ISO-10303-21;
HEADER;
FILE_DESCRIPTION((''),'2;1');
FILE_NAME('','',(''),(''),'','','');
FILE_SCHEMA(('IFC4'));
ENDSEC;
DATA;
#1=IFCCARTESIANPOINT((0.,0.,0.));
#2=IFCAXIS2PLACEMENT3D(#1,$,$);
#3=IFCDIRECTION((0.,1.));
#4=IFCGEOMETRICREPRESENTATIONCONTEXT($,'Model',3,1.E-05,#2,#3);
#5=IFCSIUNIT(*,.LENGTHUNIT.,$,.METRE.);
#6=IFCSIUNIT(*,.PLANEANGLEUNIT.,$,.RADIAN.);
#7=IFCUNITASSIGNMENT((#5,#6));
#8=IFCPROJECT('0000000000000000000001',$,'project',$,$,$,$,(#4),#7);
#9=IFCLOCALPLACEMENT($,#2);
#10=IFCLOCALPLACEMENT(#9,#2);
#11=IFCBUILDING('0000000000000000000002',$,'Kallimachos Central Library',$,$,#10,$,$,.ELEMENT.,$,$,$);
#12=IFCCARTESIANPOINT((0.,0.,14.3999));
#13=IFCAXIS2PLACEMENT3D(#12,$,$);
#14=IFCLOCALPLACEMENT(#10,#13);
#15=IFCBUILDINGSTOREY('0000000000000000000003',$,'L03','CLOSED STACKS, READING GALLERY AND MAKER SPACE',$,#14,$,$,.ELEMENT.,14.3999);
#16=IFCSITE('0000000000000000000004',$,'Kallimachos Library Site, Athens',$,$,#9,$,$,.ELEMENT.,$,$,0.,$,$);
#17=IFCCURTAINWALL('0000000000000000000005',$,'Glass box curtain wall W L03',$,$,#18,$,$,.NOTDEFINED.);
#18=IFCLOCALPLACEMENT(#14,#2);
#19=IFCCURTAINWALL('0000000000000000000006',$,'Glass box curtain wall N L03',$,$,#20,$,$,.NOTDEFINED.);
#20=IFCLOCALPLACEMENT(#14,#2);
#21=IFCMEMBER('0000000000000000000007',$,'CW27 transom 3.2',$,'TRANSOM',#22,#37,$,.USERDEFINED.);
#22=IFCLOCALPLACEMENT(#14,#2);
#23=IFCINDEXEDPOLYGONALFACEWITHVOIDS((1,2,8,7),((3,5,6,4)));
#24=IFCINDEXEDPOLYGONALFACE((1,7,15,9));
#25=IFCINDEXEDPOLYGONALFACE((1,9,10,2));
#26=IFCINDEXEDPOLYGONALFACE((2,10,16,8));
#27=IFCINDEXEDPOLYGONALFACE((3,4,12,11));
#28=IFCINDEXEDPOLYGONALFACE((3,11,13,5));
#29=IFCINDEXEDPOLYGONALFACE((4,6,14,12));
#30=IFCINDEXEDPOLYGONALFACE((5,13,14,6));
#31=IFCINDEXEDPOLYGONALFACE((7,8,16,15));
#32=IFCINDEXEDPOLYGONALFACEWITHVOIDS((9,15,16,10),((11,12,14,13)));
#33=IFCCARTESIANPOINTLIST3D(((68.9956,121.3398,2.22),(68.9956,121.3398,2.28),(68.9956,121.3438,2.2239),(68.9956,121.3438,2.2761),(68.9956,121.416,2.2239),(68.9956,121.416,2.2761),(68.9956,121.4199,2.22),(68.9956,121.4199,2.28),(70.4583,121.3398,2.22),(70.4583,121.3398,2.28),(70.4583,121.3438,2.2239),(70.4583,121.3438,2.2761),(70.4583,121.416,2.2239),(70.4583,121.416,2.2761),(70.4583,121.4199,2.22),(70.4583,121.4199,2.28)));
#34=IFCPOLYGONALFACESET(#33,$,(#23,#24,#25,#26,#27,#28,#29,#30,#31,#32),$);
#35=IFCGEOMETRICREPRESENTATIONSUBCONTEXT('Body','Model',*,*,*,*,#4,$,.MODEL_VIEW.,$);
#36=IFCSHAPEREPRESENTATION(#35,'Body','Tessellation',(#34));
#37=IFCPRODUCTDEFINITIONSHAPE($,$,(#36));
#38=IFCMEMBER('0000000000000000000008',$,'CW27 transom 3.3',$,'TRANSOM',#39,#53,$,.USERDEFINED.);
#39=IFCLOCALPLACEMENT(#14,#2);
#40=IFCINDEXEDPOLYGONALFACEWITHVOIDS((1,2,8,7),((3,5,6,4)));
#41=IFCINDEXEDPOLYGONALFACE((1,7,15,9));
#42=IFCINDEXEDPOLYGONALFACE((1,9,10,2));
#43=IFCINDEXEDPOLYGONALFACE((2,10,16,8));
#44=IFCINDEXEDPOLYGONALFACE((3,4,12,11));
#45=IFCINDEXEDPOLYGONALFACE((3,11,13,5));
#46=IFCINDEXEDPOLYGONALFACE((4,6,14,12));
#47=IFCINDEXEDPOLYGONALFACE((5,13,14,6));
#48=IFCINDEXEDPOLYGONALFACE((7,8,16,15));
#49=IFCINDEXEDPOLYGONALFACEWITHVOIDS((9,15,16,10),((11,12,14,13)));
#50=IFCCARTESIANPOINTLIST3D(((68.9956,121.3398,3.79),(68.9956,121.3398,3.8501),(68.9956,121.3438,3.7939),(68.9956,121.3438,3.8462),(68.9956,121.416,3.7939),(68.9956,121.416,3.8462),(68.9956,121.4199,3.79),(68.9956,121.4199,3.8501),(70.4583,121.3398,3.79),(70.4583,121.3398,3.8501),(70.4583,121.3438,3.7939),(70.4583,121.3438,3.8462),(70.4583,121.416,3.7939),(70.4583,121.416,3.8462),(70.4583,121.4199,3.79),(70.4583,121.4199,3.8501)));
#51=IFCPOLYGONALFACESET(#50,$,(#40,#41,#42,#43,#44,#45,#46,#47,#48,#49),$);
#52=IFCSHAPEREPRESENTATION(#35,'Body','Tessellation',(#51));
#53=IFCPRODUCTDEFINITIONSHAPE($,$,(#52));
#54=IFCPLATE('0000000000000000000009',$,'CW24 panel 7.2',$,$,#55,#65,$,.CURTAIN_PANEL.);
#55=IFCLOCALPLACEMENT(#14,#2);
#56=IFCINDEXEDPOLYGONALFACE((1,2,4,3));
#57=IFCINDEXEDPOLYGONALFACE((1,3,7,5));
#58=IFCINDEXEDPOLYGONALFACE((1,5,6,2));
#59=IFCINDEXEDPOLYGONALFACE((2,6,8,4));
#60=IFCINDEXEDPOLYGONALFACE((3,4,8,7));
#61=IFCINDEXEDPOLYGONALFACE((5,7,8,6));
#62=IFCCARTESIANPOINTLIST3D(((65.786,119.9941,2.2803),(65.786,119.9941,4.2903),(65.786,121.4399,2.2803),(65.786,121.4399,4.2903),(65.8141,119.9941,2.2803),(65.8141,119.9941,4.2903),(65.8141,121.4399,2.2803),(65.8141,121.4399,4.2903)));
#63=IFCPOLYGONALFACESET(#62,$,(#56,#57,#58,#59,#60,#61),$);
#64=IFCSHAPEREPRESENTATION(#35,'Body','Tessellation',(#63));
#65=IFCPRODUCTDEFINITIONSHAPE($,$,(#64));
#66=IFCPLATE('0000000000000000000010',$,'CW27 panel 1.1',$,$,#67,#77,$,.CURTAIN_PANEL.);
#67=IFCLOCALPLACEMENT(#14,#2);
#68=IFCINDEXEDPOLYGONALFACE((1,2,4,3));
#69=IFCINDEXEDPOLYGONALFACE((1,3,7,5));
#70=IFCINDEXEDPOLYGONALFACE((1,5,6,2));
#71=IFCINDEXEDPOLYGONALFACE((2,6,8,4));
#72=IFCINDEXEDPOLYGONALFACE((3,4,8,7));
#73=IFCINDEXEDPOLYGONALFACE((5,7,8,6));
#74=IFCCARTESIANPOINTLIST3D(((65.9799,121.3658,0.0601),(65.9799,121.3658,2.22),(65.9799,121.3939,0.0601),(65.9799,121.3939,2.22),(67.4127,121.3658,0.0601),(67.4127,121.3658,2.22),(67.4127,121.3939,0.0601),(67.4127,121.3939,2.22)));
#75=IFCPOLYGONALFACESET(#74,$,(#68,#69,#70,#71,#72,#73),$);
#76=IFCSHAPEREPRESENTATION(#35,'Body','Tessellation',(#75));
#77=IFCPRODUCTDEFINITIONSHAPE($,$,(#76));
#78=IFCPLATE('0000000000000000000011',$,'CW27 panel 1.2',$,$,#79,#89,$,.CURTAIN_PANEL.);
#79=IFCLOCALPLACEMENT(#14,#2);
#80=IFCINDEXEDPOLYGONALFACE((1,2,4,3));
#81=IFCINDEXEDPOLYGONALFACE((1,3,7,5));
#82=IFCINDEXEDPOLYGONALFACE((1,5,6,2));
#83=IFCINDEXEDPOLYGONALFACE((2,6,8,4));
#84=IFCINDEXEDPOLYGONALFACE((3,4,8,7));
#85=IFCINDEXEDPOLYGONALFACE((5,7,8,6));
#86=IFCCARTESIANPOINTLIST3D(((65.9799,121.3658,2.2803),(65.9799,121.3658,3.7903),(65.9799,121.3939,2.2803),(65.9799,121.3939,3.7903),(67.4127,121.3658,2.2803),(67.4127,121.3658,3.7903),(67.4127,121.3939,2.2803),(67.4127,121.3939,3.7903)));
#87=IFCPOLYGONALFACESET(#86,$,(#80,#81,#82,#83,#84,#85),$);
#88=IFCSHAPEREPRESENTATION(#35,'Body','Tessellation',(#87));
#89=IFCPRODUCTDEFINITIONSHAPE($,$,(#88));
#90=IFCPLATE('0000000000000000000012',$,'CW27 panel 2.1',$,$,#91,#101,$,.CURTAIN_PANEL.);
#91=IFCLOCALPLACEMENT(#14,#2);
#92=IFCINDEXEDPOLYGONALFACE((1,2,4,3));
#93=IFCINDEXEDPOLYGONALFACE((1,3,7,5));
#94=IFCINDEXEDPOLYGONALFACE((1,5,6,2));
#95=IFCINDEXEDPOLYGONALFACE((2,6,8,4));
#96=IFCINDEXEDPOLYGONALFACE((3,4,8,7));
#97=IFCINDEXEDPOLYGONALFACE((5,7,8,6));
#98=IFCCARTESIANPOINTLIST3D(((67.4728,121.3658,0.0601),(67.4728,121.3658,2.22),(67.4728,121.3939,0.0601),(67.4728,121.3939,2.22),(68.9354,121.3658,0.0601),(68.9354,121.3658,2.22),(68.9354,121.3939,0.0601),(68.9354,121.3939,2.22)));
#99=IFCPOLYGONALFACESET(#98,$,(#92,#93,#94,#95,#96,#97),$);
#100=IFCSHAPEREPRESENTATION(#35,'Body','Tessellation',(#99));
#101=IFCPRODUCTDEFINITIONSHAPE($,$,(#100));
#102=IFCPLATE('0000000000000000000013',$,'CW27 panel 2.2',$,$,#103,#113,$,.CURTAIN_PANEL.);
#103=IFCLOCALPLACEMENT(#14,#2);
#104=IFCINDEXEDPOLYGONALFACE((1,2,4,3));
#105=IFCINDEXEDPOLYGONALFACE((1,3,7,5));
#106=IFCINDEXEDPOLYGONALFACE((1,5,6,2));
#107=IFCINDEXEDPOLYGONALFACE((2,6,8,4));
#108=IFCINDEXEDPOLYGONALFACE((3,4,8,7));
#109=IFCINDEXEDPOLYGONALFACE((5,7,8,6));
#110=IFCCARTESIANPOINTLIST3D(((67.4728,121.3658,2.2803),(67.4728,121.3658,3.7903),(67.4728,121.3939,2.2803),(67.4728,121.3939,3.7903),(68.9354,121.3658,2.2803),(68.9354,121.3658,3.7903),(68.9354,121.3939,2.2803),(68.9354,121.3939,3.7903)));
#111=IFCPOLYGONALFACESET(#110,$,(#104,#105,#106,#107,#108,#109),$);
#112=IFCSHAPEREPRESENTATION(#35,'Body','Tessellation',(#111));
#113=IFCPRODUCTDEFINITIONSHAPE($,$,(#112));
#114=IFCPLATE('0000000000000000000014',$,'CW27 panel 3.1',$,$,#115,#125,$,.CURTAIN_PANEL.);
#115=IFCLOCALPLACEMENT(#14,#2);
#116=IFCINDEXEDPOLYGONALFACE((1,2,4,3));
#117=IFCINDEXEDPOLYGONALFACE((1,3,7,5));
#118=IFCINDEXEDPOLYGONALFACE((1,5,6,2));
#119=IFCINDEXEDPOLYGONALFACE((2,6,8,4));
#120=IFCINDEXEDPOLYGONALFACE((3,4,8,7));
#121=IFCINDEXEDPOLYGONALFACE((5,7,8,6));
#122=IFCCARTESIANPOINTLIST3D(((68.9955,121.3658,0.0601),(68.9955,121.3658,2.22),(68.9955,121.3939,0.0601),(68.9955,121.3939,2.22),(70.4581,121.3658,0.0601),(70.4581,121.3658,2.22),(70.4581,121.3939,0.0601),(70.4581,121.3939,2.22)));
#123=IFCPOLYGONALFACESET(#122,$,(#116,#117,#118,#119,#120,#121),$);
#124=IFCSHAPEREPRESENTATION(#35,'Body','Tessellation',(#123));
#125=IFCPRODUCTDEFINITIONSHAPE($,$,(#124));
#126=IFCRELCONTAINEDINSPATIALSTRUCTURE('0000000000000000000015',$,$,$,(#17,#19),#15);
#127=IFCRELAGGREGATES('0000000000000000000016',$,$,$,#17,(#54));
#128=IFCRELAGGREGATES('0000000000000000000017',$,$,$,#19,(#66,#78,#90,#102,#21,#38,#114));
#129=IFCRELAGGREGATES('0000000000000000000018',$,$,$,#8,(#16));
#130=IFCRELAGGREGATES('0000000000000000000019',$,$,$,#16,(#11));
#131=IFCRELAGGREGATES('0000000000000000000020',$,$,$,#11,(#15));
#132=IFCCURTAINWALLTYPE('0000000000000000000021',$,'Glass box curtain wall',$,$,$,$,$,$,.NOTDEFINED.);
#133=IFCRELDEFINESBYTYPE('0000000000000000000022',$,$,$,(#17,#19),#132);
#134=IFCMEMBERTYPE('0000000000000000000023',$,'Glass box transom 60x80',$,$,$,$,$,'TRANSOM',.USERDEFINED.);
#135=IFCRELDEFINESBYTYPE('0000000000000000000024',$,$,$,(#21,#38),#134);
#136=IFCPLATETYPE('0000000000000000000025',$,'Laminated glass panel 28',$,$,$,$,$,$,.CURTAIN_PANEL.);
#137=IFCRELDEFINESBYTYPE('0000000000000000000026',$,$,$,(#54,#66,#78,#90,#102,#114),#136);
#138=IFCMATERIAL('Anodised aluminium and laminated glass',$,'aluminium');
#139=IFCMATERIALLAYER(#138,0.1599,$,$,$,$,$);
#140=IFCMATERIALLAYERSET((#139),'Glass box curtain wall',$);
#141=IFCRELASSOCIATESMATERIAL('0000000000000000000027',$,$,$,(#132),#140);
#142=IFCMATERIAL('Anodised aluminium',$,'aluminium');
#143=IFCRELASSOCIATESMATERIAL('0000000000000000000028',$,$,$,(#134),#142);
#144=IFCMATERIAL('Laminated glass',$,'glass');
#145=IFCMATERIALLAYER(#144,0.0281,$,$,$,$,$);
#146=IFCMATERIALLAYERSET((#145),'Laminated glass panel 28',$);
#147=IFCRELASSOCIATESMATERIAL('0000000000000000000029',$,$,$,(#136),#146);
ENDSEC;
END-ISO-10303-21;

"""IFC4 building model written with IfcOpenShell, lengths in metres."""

from ifc_helpers import new_model, si_unit, direction, frame, origin, origin_2d, place, context, subcontext, project, spatial, rectangle, hollow_rectangle, extrude, material, layer, layer_set, material_profile, profile_set, type_object, element, aggregate, save


model = new_model("IFC4")

# Units and contexts
model_context = context("Model", 3, precision=1e-05, world=origin(), true_north=direction((0.0, 1.0)))
body_context = subcontext(model_context, "Body", "Model", "MODEL_VIEW")
ifc_project = project(units=[si_unit("LENGTHUNIT", "METRE"), si_unit("PLANEANGLEUNIT", "RADIAN")], contexts=[model_context])

# Site, building, storey
site_placement = place(None, origin())
site = spatial("IfcSite", under=ifc_project, at=site_placement, Name="Kallimachos Library Site, Athens", CompositionType="ELEMENT", RefElevation=0.0)
building_placement = place(site_placement, origin())
building = spatial("IfcBuilding", under=site, at=building_placement, Name="Kallimachos Central Library", CompositionType="ELEMENT")
storey_placement = place(building_placement, frame((0.0, 0.0, 14.3999)))
storey = spatial("IfcBuildingStorey", under=building, at=storey_placement, Name="L03", Description="CLOSED STACKS, READING GALLERY AND MAKER SPACE", CompositionType="ELEMENT", Elevation=14.3999)

# Curtain wall
ifc_material_1 = material(Name="Anodised aluminium and laminated glass", Category="aluminium")
ifc_layer_1 = layer(ifc_material_1, 0.1599)
ifc_layer_set_1 = layer_set([ifc_layer_1], Name="Glass box curtain wall")
curtain_wall_type = type_object("IfcCurtainWallType", Name="Glass box curtain wall", PredefinedType="NOTDEFINED", material=ifc_layer_set_1)
curtain_wall_1_placement = place(storey_placement, origin())
curtain_wall_1 = element("IfcCurtainWall", 1, at=curtain_wall_1_placement, inside=storey, type_object=curtain_wall_type, Name="Glass box curtain wall W L03", PredefinedType="NOTDEFINED")

# Curtain wall, members
curtain_wall_2_placement = place(storey_placement, origin())
curtain_wall_2 = element("IfcCurtainWall", 2, at=curtain_wall_2_placement, inside=storey, type_object=curtain_wall_type, Name="Glass box curtain wall N L03", PredefinedType="NOTDEFINED")
ifc_material_2 = material(Name="Anodised aluminium", Category="aluminium")
ifc_material_profile_1 = material_profile(ifc_material_2, hollow_rectangle(XDim=0.0601, YDim=0.0801, WallThickness=0.0039, at=origin_2d()), Name="ALU TRANSOM 60x80")
ifc_profile_set_1 = profile_set([ifc_material_profile_1], Name="Anodised aluminium")
member_type_1 = type_object("IfcMemberType", Name="Glass box transom 60x80", ElementType="TRANSOM", PredefinedType="USERDEFINED", material=ifc_profile_set_1)
member_1_placement = place(storey_placement, frame((68.9956, 121.3799, 2.25), z_axis=(1.0, 0.0, 0.0), x_axis=(0.0, 0.0, 1.0)))
member_1 = element("IfcMember", 3, at=member_1_placement, type_object=member_type_1, Name="CW27 transom 3.2", ObjectType="TRANSOM", PredefinedType="USERDEFINED", context=body_context, shape_type="SweptSolid", body=[
    extrude(hollow_rectangle(XDim=0.0601, YDim=0.0801, WallThickness=0.0039, at=origin_2d()), origin(), (0.0, 0.0, 1.0), 1.4626),
])
member_2_placement = place(storey_placement, frame((68.9956, 121.3799, 3.8201), z_axis=(1.0, 0.0, 0.0), x_axis=(0.0, 0.0, 1.0)))
member_2 = element("IfcMember", 4, at=member_2_placement, type_object=member_type_1, Name="CW27 transom 3.3", ObjectType="TRANSOM", PredefinedType="USERDEFINED", context=body_context, shape_type="SweptSolid", body=[
    extrude(hollow_rectangle(XDim=0.0601, YDim=0.0801, WallThickness=0.0039, at=origin_2d()), origin(), (0.0, 0.0, 1.0), 1.4626),
])

# Plates
ifc_material_3 = material(Name="Laminated glass", Category="glass")
ifc_layer_2 = layer(ifc_material_3, 0.0281)
ifc_layer_set_2 = layer_set([ifc_layer_2], Name="Laminated glass panel 28")
plate_type = type_object("IfcPlateType", Name="Laminated glass panel 28", PredefinedType="CURTAIN_PANEL", material=ifc_layer_set_2)
plate_1_placement = place(storey_placement, frame((65.8, 120.717, 2.2803), z_axis=(0.0, 0.0, 1.0), x_axis=(0.0, 1.0, 0.0)))
plate_1 = element("IfcPlate", 5, at=plate_1_placement, type_object=plate_type, Name="CW24 panel 7.2", PredefinedType="CURTAIN_PANEL", context=body_context, shape_type="SweptSolid", body=[
    extrude(rectangle(XDim=1.4458, YDim=0.0281, at=origin_2d()), origin(), (0.0, 0.0, 1.0), 2.01),
])
aggregate(curtain_wall_1, [plate_1])
plate_2_placement = place(storey_placement, frame((66.6963, 121.3799, 0.0601), z_axis=(0.0, 0.0, 1.0), x_axis=(1.0, 0.0, 0.0)))
plate_2 = element("IfcPlate", 6, at=plate_2_placement, type_object=plate_type, Name="CW27 panel 1.1", PredefinedType="CURTAIN_PANEL", context=body_context, shape_type="SweptSolid", body=[
    extrude(rectangle(XDim=1.4329, YDim=0.0281, at=origin_2d()), origin(), (0.0, 0.0, 1.0), 2.1599),
])
plate_3_placement = place(storey_placement, frame((66.6963, 121.3799, 2.2803), z_axis=(0.0, 0.0, 1.0), x_axis=(1.0, 0.0, 0.0)))
plate_3 = element("IfcPlate", 7, at=plate_3_placement, type_object=plate_type, Name="CW27 panel 1.2", PredefinedType="CURTAIN_PANEL", context=body_context, shape_type="SweptSolid", body=[
    extrude(rectangle(XDim=1.4329, YDim=0.0281, at=origin_2d()), origin(), (0.0, 0.0, 1.0), 1.51),
])
plate_4_placement = place(storey_placement, frame((68.2041, 121.3799, 0.0601), z_axis=(0.0, 0.0, 1.0), x_axis=(1.0, 0.0, 0.0)))
plate_4 = element("IfcPlate", 8, at=plate_4_placement, type_object=plate_type, Name="CW27 panel 2.1", PredefinedType="CURTAIN_PANEL", context=body_context, shape_type="SweptSolid", body=[
    extrude(rectangle(XDim=1.4626, YDim=0.0281, at=origin_2d()), origin(), (0.0, 0.0, 1.0), 2.1599),
])
plate_5_placement = place(storey_placement, frame((68.2041, 121.3799, 2.2803), z_axis=(0.0, 0.0, 1.0), x_axis=(1.0, 0.0, 0.0)))
plate_5 = element("IfcPlate", 9, at=plate_5_placement, type_object=plate_type, Name="CW27 panel 2.2", PredefinedType="CURTAIN_PANEL", context=body_context, shape_type="SweptSolid", body=[
    extrude(rectangle(XDim=1.4626, YDim=0.0281, at=origin_2d()), origin(), (0.0, 0.0, 1.0), 1.51),
])
plate_6_placement = place(storey_placement, frame((69.7268, 121.3799, 0.0601), z_axis=(0.0, 0.0, 1.0), x_axis=(1.0, 0.0, 0.0)))
plate_6 = element("IfcPlate", 10, at=plate_6_placement, type_object=plate_type, Name="CW27 panel 3.1", PredefinedType="CURTAIN_PANEL", context=body_context, shape_type="SweptSolid", body=[
    extrude(rectangle(XDim=1.4626, YDim=0.0281, at=origin_2d()), origin(), (0.0, 0.0, 1.0), 2.1599),
])
aggregate(curtain_wall_2, [plate_2, plate_3, plate_4, plate_5, member_1, member_2, plate_6])

save(model, "model.ifc")
